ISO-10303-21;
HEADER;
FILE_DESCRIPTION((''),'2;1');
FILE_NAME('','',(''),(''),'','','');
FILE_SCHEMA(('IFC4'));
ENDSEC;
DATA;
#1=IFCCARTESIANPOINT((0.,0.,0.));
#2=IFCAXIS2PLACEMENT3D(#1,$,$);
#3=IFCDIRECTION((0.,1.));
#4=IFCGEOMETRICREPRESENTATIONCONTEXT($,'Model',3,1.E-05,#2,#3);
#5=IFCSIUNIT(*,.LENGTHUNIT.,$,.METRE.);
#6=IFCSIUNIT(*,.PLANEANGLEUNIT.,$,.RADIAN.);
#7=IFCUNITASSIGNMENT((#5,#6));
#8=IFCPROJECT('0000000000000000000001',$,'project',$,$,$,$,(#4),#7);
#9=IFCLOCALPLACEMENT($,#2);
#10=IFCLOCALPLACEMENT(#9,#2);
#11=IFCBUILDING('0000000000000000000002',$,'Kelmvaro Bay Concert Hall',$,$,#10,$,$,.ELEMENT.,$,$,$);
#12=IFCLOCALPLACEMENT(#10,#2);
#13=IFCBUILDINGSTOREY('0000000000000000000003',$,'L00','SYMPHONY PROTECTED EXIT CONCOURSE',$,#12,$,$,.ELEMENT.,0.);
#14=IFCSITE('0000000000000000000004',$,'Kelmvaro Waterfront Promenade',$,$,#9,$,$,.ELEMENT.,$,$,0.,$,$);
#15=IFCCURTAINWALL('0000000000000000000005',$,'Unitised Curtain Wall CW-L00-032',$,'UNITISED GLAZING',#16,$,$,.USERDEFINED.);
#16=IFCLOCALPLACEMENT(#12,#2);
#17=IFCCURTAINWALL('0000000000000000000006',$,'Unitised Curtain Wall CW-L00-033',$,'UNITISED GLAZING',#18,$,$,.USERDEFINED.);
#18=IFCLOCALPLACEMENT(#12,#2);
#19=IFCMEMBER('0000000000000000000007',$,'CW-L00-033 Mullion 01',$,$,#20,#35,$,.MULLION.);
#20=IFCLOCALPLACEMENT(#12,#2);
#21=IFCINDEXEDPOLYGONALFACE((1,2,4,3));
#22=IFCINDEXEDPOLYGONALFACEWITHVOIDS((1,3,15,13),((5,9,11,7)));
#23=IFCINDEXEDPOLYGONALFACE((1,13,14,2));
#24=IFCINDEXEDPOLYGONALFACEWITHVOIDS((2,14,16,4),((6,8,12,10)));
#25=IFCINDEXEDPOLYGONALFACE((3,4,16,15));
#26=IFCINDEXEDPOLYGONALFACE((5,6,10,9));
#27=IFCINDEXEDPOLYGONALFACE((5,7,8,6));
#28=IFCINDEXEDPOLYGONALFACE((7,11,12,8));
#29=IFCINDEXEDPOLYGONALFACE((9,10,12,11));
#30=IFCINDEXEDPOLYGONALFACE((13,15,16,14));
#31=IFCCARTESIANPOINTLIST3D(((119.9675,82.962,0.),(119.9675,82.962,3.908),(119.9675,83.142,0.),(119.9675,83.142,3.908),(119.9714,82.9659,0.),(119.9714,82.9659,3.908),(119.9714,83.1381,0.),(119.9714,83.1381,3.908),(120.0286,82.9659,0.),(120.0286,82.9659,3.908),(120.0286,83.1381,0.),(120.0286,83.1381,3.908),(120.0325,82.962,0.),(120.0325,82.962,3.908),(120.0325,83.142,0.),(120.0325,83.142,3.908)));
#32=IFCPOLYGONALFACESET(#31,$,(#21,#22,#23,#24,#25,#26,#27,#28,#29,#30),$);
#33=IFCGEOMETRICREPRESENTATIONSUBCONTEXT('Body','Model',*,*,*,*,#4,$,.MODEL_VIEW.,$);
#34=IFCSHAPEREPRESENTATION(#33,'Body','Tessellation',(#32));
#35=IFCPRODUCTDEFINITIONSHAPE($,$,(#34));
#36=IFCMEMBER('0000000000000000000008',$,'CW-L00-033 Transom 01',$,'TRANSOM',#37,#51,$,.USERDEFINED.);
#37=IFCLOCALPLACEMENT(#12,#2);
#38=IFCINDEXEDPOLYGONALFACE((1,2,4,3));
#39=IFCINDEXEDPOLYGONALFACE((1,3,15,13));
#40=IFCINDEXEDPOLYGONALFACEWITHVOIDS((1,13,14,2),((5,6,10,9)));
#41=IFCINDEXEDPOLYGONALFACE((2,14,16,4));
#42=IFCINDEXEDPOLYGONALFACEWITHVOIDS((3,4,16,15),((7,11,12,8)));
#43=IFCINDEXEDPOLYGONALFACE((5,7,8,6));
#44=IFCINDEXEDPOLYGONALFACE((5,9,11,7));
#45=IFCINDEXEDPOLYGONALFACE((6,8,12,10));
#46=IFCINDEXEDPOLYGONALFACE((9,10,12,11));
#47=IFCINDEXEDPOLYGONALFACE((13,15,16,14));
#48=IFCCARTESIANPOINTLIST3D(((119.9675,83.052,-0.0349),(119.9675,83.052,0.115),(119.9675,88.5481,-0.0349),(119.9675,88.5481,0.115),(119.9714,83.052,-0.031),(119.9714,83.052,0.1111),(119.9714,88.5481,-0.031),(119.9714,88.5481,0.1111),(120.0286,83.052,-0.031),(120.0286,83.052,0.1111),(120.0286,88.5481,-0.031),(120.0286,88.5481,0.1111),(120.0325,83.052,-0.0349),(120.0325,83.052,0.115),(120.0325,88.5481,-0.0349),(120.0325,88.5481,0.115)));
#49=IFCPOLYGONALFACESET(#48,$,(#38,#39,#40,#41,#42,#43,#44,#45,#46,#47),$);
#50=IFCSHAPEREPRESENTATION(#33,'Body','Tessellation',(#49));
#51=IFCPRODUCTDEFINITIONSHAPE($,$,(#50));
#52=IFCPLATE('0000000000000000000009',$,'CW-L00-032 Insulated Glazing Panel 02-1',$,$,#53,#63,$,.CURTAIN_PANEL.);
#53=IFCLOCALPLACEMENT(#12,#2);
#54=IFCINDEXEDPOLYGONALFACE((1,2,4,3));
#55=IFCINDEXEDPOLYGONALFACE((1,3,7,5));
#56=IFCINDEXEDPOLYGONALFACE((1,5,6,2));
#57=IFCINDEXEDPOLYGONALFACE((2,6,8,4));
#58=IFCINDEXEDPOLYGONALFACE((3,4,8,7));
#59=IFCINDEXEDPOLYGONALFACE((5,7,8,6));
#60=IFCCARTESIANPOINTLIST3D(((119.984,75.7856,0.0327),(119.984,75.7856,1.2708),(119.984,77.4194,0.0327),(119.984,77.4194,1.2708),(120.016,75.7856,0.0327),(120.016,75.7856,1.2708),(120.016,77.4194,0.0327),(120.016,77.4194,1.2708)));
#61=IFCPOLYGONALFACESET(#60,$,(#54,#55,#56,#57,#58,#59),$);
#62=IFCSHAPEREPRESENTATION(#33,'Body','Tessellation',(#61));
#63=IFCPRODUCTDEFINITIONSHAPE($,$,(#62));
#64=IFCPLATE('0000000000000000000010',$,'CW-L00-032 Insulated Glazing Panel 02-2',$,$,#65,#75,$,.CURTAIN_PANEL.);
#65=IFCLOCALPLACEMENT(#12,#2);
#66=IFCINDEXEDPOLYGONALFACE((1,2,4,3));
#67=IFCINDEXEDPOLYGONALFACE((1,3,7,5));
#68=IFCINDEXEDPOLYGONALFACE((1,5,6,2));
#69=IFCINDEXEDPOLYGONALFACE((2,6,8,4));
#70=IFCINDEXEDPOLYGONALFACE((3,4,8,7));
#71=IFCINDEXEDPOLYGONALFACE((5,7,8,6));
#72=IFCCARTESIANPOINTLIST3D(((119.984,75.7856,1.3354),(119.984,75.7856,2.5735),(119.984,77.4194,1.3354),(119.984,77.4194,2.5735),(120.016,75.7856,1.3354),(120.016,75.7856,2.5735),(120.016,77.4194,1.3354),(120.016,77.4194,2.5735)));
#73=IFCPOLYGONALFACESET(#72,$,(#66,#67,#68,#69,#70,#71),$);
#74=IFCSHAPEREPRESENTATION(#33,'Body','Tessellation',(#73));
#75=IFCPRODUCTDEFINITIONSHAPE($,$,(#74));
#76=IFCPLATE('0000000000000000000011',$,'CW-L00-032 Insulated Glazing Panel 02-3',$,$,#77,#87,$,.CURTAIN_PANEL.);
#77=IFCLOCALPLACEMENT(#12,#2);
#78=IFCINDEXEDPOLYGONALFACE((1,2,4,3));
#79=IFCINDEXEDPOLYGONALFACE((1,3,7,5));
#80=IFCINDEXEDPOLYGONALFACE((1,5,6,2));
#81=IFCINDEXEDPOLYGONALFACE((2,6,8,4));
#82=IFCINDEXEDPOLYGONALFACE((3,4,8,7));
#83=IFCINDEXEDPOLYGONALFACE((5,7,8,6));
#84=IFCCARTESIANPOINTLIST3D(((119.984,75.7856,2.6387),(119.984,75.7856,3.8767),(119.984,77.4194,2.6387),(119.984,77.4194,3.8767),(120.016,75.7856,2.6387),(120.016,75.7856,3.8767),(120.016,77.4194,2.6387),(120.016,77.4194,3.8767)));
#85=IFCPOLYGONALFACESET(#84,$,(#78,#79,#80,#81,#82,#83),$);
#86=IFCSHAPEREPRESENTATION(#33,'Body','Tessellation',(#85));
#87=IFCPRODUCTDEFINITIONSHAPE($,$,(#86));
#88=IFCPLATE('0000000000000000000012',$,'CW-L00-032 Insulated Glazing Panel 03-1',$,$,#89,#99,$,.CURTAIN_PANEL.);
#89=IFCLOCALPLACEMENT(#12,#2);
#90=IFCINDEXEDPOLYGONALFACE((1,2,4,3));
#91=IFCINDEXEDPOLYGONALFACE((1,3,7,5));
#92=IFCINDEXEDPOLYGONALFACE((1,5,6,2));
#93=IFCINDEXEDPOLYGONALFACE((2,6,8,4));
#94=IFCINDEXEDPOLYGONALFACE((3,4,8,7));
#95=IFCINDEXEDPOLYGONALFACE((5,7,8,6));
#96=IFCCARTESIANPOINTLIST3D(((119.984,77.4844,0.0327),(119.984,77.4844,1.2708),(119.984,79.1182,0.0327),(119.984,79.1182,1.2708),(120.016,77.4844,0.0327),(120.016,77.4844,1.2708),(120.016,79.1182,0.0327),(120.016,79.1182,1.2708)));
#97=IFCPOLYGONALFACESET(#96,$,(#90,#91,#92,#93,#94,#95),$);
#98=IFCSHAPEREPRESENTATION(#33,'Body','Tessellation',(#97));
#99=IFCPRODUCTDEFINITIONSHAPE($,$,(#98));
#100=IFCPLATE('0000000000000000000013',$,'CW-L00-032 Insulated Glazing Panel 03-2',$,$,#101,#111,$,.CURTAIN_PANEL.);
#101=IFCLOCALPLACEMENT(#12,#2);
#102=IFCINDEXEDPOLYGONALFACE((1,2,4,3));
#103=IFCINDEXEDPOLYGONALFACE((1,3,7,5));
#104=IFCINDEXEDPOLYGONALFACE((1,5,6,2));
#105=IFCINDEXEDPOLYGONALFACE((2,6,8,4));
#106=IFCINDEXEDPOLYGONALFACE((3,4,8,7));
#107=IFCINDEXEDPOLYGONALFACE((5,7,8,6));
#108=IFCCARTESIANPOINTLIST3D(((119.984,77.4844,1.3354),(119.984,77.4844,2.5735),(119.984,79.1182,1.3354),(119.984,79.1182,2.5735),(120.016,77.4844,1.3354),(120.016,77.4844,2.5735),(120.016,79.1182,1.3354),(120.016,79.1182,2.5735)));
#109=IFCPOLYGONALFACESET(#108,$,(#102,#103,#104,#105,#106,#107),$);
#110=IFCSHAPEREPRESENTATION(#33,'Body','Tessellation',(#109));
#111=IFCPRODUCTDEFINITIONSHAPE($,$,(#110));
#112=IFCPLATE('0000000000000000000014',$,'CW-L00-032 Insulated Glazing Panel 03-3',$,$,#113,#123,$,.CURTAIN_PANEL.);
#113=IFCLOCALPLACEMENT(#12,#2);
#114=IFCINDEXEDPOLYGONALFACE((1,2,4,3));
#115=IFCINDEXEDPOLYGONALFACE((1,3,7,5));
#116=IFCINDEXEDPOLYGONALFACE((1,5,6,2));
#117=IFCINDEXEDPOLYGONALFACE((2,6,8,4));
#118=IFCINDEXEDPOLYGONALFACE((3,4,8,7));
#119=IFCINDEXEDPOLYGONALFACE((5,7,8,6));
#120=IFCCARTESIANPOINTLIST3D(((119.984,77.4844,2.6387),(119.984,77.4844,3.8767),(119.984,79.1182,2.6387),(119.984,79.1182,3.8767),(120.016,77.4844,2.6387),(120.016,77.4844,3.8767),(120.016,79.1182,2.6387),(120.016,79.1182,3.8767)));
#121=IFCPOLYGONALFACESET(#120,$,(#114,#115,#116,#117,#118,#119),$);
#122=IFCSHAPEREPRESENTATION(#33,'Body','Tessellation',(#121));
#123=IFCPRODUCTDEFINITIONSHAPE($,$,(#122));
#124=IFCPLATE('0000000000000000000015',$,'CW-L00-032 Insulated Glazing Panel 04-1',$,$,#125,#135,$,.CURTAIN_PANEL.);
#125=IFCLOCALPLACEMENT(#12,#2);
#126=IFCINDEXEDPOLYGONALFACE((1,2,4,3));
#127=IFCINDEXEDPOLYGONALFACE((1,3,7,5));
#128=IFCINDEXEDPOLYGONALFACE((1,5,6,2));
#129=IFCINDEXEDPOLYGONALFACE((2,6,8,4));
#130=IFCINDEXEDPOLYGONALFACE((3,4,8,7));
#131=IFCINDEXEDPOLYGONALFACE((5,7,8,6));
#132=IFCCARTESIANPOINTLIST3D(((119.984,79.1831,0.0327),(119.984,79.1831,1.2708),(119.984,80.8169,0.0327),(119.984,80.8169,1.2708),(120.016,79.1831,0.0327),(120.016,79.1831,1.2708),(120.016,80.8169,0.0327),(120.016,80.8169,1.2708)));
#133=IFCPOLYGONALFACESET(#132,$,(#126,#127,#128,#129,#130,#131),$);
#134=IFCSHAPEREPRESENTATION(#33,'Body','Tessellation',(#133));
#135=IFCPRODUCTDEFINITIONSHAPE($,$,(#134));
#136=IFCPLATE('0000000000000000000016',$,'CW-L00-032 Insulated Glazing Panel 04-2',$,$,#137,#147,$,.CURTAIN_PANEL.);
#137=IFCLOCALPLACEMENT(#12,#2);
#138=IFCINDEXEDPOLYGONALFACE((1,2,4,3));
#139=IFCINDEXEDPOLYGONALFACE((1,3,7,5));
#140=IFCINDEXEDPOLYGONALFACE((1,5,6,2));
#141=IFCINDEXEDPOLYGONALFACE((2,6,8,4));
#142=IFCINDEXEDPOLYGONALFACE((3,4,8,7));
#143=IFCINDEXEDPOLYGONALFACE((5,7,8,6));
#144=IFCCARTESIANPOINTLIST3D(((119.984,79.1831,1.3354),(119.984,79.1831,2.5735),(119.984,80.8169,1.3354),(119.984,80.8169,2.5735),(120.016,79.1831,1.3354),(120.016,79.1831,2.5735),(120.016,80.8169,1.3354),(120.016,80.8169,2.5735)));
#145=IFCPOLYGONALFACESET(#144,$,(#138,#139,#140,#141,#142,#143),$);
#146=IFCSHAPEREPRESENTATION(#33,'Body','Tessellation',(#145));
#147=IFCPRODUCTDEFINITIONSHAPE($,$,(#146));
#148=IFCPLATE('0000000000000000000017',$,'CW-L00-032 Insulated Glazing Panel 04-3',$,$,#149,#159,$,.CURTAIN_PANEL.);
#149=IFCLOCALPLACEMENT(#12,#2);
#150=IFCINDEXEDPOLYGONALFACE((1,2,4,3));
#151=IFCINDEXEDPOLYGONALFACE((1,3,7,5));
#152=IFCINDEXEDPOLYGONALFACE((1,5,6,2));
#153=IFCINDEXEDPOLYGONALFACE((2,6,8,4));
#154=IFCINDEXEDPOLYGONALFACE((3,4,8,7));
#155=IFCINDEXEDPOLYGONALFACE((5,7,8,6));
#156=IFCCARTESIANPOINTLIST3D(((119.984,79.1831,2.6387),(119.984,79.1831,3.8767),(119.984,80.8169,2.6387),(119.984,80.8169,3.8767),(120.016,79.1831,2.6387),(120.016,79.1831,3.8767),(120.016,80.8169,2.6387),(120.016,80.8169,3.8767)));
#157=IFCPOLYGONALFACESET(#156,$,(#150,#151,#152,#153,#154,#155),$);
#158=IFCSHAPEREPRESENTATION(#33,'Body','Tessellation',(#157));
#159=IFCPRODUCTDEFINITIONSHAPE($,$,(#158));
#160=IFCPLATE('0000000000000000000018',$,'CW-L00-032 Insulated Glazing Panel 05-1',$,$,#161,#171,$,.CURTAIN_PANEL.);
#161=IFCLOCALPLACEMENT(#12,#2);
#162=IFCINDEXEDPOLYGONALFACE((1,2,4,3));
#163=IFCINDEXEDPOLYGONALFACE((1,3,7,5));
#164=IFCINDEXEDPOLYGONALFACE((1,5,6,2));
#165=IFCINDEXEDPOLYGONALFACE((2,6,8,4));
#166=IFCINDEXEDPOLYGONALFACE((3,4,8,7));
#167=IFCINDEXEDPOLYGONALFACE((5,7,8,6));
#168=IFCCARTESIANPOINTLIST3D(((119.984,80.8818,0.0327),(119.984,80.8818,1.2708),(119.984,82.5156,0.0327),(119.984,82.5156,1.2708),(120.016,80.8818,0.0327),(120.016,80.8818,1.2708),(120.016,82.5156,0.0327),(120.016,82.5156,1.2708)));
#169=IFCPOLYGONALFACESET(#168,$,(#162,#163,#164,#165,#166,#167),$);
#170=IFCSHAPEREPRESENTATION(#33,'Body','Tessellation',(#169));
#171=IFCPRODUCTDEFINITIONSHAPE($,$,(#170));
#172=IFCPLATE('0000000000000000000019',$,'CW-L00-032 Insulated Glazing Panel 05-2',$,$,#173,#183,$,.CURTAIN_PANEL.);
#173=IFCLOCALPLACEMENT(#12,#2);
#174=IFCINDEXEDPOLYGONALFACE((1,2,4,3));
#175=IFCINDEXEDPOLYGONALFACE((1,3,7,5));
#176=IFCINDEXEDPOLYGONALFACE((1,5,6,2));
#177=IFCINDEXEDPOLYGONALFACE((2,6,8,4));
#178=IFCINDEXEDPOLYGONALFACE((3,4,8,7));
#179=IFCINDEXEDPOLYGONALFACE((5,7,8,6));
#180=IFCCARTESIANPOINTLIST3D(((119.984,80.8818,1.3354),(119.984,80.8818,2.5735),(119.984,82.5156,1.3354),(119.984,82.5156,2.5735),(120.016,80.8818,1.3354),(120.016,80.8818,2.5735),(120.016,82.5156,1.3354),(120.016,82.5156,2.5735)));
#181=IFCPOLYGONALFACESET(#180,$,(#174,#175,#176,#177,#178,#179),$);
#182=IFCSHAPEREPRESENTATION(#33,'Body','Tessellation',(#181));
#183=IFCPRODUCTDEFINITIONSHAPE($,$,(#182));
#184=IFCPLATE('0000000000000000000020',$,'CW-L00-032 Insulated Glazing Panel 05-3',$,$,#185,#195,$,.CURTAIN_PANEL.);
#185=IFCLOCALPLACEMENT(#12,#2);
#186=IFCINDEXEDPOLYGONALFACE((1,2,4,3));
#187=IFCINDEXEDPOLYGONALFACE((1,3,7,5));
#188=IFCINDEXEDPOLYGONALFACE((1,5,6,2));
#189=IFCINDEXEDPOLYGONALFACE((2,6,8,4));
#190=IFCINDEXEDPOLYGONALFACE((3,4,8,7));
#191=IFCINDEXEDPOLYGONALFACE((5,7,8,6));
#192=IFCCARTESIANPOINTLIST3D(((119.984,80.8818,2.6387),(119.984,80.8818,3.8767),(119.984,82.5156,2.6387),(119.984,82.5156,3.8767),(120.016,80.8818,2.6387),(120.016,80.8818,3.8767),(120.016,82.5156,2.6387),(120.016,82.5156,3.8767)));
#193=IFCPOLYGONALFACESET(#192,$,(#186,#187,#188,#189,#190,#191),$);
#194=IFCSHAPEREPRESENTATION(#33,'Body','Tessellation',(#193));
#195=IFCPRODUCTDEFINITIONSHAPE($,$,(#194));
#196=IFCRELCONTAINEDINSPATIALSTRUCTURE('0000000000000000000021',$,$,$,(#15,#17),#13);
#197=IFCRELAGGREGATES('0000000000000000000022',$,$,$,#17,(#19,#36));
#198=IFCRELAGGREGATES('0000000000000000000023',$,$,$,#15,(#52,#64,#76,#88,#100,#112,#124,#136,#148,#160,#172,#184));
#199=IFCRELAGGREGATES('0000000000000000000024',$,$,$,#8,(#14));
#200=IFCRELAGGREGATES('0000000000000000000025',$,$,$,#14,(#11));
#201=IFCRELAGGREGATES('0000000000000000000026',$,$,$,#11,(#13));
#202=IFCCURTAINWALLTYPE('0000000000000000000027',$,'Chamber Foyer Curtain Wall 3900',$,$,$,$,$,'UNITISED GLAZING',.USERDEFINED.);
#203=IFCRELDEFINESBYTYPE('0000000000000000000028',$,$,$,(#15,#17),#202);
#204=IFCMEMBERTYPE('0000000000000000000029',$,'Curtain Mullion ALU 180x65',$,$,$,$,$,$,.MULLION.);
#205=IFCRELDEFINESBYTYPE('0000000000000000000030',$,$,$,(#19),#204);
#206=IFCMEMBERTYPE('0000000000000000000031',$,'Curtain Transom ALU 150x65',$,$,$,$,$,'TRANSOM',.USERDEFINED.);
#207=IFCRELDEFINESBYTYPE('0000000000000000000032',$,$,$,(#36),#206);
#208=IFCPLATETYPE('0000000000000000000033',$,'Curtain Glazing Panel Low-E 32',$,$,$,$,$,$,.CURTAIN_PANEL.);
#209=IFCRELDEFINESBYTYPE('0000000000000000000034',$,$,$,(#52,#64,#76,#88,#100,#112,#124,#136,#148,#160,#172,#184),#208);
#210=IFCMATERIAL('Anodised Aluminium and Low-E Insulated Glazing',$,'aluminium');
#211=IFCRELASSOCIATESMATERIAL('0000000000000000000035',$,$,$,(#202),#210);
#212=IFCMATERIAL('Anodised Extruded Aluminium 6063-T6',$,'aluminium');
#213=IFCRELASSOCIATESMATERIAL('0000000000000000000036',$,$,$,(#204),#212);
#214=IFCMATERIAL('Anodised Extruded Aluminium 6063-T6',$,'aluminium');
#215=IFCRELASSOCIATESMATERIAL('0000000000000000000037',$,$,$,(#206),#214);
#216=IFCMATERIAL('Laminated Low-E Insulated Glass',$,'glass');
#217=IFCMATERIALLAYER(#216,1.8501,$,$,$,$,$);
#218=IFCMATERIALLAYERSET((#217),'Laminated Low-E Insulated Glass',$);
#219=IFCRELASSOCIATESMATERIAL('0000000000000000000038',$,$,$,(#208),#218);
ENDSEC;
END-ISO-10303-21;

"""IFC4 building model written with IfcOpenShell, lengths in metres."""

from ifc_helpers import new_model, si_unit, direction, frame, origin, origin_2d, place, context, subcontext, project, spatial, rectangle, hollow_rectangle, extrude, material, layer, layer_set, material_profile, profile_set, type_object, element, aggregate, save


model = new_model("IFC4")

# Units and contexts
model_context = context("Model", 3, precision=1e-05, world=origin(), true_north=direction((0.0, 1.0)))
body_context = subcontext(model_context, "Body", "Model", "MODEL_VIEW")
ifc_project = project(units=[si_unit("LENGTHUNIT", "METRE"), si_unit("PLANEANGLEUNIT", "RADIAN")], contexts=[model_context])

# Site, building, storey
site_placement = place(None, origin())
site = spatial("IfcSite", under=ifc_project, at=site_placement, Name="Kelmvaro Waterfront Promenade", CompositionType="ELEMENT", RefElevation=0.0)
building_placement = place(site_placement, origin())
building = spatial("IfcBuilding", under=site, at=building_placement, Name="Kelmvaro Bay Concert Hall", CompositionType="ELEMENT")
storey_placement = place(building_placement, origin())
storey = spatial("IfcBuildingStorey", under=building, at=storey_placement, Name="L00", Description="SYMPHONY PROTECTED EXIT CONCOURSE", CompositionType="ELEMENT", Elevation=0.0)

# Curtain walls, members
ifc_material_1 = material(Name="Anodised Aluminium and Low-E Insulated Glazing", Category="aluminium")
curtain_wall_type = type_object("IfcCurtainWallType", Name="Chamber Foyer Curtain Wall 3900", ElementType="UNITISED GLAZING", PredefinedType="USERDEFINED", material=ifc_material_1)
curtain_wall_1_placement = place(storey_placement, origin())
curtain_wall_1 = element("IfcCurtainWall", 1, at=curtain_wall_1_placement, inside=storey, type_object=curtain_wall_type, Name="Unitised Curtain Wall CW-L00-032", ObjectType="UNITISED GLAZING", PredefinedType="USERDEFINED")
ifc_material_2 = material(Name="Anodised Extruded Aluminium 6063-T6", Category="aluminium")
ifc_material_profile_1 = material_profile(ifc_material_2, hollow_rectangle(XDim=0.0649, YDim=0.1799, WallThickness=0.0039, at=origin_2d()), Name="ALU-MUL-180X65")
ifc_profile_set_1 = profile_set([ifc_material_profile_1], Name="Anodised Extruded Aluminium 6063-T6")
member_type_1 = type_object("IfcMemberType", Name="Curtain Mullion ALU 180x65", PredefinedType="MULLION", material=ifc_profile_set_1)
curtain_wall_2_placement = place(storey_placement, origin())
curtain_wall_2 = element("IfcCurtainWall", 2, at=curtain_wall_2_placement, inside=storey, type_object=curtain_wall_type, Name="Unitised Curtain Wall CW-L00-033", ObjectType="UNITISED GLAZING", PredefinedType="USERDEFINED")
member_1_placement = place(storey_placement, frame((120.0, 83.052, 0.0), z_axis=(0.0, 0.0, 1.0), x_axis=(1.0, 0.0, 0.0)))
member_1 = element("IfcMember", 3, at=member_1_placement, type_object=member_type_1, Name="CW-L00-033 Mullion 01", PredefinedType="MULLION", context=body_context, shape_type="SweptSolid", body=[
    extrude(hollow_rectangle(XDim=0.0649, YDim=0.1799, WallThickness=0.0039, at=origin_2d()), origin(), (0.0, 0.0, 1.0), 3.908),
])
ifc_material_3 = material(Name="Anodised Extruded Aluminium 6063-T6", Category="aluminium")
ifc_material_profile_2 = material_profile(ifc_material_3, hollow_rectangle(XDim=0.0649, YDim=0.1499, WallThickness=0.0039, at=origin_2d()), Name="ALU-TRN-150X65")
ifc_profile_set_2 = profile_set([ifc_material_profile_2], Name="Anodised Extruded Aluminium 6063-T6")
member_type_2 = type_object("IfcMemberType", Name="Curtain Transom ALU 150x65", ElementType="TRANSOM", PredefinedType="USERDEFINED", material=ifc_profile_set_2)
member_2_placement = place(storey_placement, frame((120.0, 83.052, 0.04), z_axis=(0.0, 1.0, 0.0), x_axis=(-1.0, 0.0, 0.0)))
member_2 = element("IfcMember", 4, at=member_2_placement, type_object=member_type_2, Name="CW-L00-033 Transom 01", ObjectType="TRANSOM", PredefinedType="USERDEFINED", context=body_context, shape_type="SweptSolid", body=[
    extrude(hollow_rectangle(XDim=0.0649, YDim=0.1499, WallThickness=0.0039, at=origin_2d()), origin(), (0.0, 0.0, 1.0), 5.4961),
])
aggregate(curtain_wall_2, [member_1, member_2])

# Plates
ifc_material_4 = material(Name="Laminated Low-E Insulated Glass", Category="glass")
ifc_layer_1 = layer(ifc_material_4, 1.8501)
ifc_layer_set_1 = layer_set([ifc_layer_1], Name="Laminated Low-E Insulated Glass")
plate_type = type_object("IfcPlateType", Name="Curtain Glazing Panel Low-E 32", PredefinedType="CURTAIN_PANEL", material=ifc_layer_set_1)
plate_1_placement = place(storey_placement, frame((120.0, 76.6025, 0.0327), z_axis=(0.0, 0.0, 1.0), x_axis=(0.0, 1.0, 0.0)))
plate_1 = element("IfcPlate", 5, at=plate_1_placement, type_object=plate_type, Name="CW-L00-032 Insulated Glazing Panel 02-1", PredefinedType="CURTAIN_PANEL", context=body_context, shape_type="SweptSolid", body=[
    extrude(rectangle(XDim=1.6338, YDim=0.032, at=origin_2d()), origin(), (0.0, 0.0, 1.0), 1.238),
])
plate_2_placement = place(storey_placement, frame((120.0, 76.6025, 1.3354), z_axis=(0.0, 0.0, 1.0), x_axis=(0.0, 1.0, 0.0)))
plate_2 = element("IfcPlate", 6, at=plate_2_placement, type_object=plate_type, Name="CW-L00-032 Insulated Glazing Panel 02-2", PredefinedType="CURTAIN_PANEL", context=body_context, shape_type="SweptSolid", body=[
    extrude(rectangle(XDim=1.6338, YDim=0.032, at=origin_2d()), origin(), (0.0, 0.0, 1.0), 1.238),
])
plate_3_placement = place(storey_placement, frame((120.0, 76.6025, 2.6387), z_axis=(0.0, 0.0, 1.0), x_axis=(0.0, 1.0, 0.0)))
plate_3 = element("IfcPlate", 7, at=plate_3_placement, type_object=plate_type, Name="CW-L00-032 Insulated Glazing Panel 02-3", PredefinedType="CURTAIN_PANEL", context=body_context, shape_type="SweptSolid", body=[
    extrude(rectangle(XDim=1.6338, YDim=0.032, at=origin_2d()), origin(), (0.0, 0.0, 1.0), 1.238),
])
plate_4_placement = place(storey_placement, frame((120.0, 78.3013, 0.0327), z_axis=(0.0, 0.0, 1.0), x_axis=(0.0, 1.0, 0.0)))
plate_4 = element("IfcPlate", 8, at=plate_4_placement, type_object=plate_type, Name="CW-L00-032 Insulated Glazing Panel 03-1", PredefinedType="CURTAIN_PANEL", context=body_context, shape_type="SweptSolid", body=[
    extrude(rectangle(XDim=1.6338, YDim=0.032, at=origin_2d()), origin(), (0.0, 0.0, 1.0), 1.238),
])
plate_5_placement = place(storey_placement, frame((120.0, 78.3013, 1.3354), z_axis=(0.0, 0.0, 1.0), x_axis=(0.0, 1.0, 0.0)))
plate_5 = element("IfcPlate", 9, at=plate_5_placement, type_object=plate_type, Name="CW-L00-032 Insulated Glazing Panel 03-2", PredefinedType="CURTAIN_PANEL", context=body_context, shape_type="SweptSolid", body=[
    extrude(rectangle(XDim=1.6338, YDim=0.032, at=origin_2d()), origin(), (0.0, 0.0, 1.0), 1.238),
])
plate_6_placement = place(storey_placement, frame((120.0, 78.3013, 2.6387), z_axis=(0.0, 0.0, 1.0), x_axis=(0.0, 1.0, 0.0)))
plate_6 = element("IfcPlate", 10, at=plate_6_placement, type_object=plate_type, Name="CW-L00-032 Insulated Glazing Panel 03-3", PredefinedType="CURTAIN_PANEL", context=body_context, shape_type="SweptSolid", body=[
    extrude(rectangle(XDim=1.6338, YDim=0.032, at=origin_2d()), origin(), (0.0, 0.0, 1.0), 1.238),
])
plate_7_placement = place(storey_placement, frame((120.0, 80.0, 0.0327), z_axis=(0.0, 0.0, 1.0), x_axis=(0.0, 1.0, 0.0)))
plate_7 = element("IfcPlate", 11, at=plate_7_placement, type_object=plate_type, Name="CW-L00-032 Insulated Glazing Panel 04-1", PredefinedType="CURTAIN_PANEL", context=body_context, shape_type="SweptSolid", body=[
    extrude(rectangle(XDim=1.6338, YDim=0.032, at=origin_2d()), origin(), (0.0, 0.0, 1.0), 1.238),
])
plate_8_placement = place(storey_placement, frame((120.0, 80.0, 1.3354), z_axis=(0.0, 0.0, 1.0), x_axis=(0.0, 1.0, 0.0)))
plate_8 = element("IfcPlate", 12, at=plate_8_placement, type_object=plate_type, Name="CW-L00-032 Insulated Glazing Panel 04-2", PredefinedType="CURTAIN_PANEL", context=body_context, shape_type="SweptSolid", body=[
    extrude(rectangle(XDim=1.6338, YDim=0.032, at=origin_2d()), origin(), (0.0, 0.0, 1.0), 1.238),
])
plate_9_placement = place(storey_placement, frame((120.0, 80.0, 2.6387), z_axis=(0.0, 0.0, 1.0), x_axis=(0.0, 1.0, 0.0)))
plate_9 = element("IfcPlate", 13, at=plate_9_placement, type_object=plate_type, Name="CW-L00-032 Insulated Glazing Panel 04-3", PredefinedType="CURTAIN_PANEL", context=body_context, shape_type="SweptSolid", body=[
    extrude(rectangle(XDim=1.6338, YDim=0.032, at=origin_2d()), origin(), (0.0, 0.0, 1.0), 1.238),
])
plate_10_placement = place(storey_placement, frame((120.0, 81.6987, 0.0327), z_axis=(0.0, 0.0, 1.0), x_axis=(0.0, 1.0, 0.0)))
plate_10 = element("IfcPlate", 14, at=plate_10_placement, type_object=plate_type, Name="CW-L00-032 Insulated Glazing Panel 05-1", PredefinedType="CURTAIN_PANEL", context=body_context, shape_type="SweptSolid", body=[
    extrude(rectangle(XDim=1.6338, YDim=0.032, at=origin_2d()), origin(), (0.0, 0.0, 1.0), 1.238),
])
plate_11_placement = place(storey_placement, frame((120.0, 81.6987, 1.3354), z_axis=(0.0, 0.0, 1.0), x_axis=(0.0, 1.0, 0.0)))
plate_11 = element("IfcPlate", 15, at=plate_11_placement, type_object=plate_type, Name="CW-L00-032 Insulated Glazing Panel 05-2", PredefinedType="CURTAIN_PANEL", context=body_context, shape_type="SweptSolid", body=[
    extrude(rectangle(XDim=1.6338, YDim=0.032, at=origin_2d()), origin(), (0.0, 0.0, 1.0), 1.238),
])
plate_12_placement = place(storey_placement, frame((120.0, 81.6987, 2.6387), z_axis=(0.0, 0.0, 1.0), x_axis=(0.0, 1.0, 0.0)))
plate_12 = element("IfcPlate", 16, at=plate_12_placement, type_object=plate_type, Name="CW-L00-032 Insulated Glazing Panel 05-3", PredefinedType="CURTAIN_PANEL", context=body_context, shape_type="SweptSolid", body=[
    extrude(rectangle(XDim=1.6338, YDim=0.032, at=origin_2d()), origin(), (0.0, 0.0, 1.0), 1.238),
])
aggregate(curtain_wall_1, [plate_1, plate_2, plate_3, plate_4, plate_5, plate_6, plate_7, plate_8, plate_9, plate_10, plate_11, plate_12])

save(model, "model.ifc")
